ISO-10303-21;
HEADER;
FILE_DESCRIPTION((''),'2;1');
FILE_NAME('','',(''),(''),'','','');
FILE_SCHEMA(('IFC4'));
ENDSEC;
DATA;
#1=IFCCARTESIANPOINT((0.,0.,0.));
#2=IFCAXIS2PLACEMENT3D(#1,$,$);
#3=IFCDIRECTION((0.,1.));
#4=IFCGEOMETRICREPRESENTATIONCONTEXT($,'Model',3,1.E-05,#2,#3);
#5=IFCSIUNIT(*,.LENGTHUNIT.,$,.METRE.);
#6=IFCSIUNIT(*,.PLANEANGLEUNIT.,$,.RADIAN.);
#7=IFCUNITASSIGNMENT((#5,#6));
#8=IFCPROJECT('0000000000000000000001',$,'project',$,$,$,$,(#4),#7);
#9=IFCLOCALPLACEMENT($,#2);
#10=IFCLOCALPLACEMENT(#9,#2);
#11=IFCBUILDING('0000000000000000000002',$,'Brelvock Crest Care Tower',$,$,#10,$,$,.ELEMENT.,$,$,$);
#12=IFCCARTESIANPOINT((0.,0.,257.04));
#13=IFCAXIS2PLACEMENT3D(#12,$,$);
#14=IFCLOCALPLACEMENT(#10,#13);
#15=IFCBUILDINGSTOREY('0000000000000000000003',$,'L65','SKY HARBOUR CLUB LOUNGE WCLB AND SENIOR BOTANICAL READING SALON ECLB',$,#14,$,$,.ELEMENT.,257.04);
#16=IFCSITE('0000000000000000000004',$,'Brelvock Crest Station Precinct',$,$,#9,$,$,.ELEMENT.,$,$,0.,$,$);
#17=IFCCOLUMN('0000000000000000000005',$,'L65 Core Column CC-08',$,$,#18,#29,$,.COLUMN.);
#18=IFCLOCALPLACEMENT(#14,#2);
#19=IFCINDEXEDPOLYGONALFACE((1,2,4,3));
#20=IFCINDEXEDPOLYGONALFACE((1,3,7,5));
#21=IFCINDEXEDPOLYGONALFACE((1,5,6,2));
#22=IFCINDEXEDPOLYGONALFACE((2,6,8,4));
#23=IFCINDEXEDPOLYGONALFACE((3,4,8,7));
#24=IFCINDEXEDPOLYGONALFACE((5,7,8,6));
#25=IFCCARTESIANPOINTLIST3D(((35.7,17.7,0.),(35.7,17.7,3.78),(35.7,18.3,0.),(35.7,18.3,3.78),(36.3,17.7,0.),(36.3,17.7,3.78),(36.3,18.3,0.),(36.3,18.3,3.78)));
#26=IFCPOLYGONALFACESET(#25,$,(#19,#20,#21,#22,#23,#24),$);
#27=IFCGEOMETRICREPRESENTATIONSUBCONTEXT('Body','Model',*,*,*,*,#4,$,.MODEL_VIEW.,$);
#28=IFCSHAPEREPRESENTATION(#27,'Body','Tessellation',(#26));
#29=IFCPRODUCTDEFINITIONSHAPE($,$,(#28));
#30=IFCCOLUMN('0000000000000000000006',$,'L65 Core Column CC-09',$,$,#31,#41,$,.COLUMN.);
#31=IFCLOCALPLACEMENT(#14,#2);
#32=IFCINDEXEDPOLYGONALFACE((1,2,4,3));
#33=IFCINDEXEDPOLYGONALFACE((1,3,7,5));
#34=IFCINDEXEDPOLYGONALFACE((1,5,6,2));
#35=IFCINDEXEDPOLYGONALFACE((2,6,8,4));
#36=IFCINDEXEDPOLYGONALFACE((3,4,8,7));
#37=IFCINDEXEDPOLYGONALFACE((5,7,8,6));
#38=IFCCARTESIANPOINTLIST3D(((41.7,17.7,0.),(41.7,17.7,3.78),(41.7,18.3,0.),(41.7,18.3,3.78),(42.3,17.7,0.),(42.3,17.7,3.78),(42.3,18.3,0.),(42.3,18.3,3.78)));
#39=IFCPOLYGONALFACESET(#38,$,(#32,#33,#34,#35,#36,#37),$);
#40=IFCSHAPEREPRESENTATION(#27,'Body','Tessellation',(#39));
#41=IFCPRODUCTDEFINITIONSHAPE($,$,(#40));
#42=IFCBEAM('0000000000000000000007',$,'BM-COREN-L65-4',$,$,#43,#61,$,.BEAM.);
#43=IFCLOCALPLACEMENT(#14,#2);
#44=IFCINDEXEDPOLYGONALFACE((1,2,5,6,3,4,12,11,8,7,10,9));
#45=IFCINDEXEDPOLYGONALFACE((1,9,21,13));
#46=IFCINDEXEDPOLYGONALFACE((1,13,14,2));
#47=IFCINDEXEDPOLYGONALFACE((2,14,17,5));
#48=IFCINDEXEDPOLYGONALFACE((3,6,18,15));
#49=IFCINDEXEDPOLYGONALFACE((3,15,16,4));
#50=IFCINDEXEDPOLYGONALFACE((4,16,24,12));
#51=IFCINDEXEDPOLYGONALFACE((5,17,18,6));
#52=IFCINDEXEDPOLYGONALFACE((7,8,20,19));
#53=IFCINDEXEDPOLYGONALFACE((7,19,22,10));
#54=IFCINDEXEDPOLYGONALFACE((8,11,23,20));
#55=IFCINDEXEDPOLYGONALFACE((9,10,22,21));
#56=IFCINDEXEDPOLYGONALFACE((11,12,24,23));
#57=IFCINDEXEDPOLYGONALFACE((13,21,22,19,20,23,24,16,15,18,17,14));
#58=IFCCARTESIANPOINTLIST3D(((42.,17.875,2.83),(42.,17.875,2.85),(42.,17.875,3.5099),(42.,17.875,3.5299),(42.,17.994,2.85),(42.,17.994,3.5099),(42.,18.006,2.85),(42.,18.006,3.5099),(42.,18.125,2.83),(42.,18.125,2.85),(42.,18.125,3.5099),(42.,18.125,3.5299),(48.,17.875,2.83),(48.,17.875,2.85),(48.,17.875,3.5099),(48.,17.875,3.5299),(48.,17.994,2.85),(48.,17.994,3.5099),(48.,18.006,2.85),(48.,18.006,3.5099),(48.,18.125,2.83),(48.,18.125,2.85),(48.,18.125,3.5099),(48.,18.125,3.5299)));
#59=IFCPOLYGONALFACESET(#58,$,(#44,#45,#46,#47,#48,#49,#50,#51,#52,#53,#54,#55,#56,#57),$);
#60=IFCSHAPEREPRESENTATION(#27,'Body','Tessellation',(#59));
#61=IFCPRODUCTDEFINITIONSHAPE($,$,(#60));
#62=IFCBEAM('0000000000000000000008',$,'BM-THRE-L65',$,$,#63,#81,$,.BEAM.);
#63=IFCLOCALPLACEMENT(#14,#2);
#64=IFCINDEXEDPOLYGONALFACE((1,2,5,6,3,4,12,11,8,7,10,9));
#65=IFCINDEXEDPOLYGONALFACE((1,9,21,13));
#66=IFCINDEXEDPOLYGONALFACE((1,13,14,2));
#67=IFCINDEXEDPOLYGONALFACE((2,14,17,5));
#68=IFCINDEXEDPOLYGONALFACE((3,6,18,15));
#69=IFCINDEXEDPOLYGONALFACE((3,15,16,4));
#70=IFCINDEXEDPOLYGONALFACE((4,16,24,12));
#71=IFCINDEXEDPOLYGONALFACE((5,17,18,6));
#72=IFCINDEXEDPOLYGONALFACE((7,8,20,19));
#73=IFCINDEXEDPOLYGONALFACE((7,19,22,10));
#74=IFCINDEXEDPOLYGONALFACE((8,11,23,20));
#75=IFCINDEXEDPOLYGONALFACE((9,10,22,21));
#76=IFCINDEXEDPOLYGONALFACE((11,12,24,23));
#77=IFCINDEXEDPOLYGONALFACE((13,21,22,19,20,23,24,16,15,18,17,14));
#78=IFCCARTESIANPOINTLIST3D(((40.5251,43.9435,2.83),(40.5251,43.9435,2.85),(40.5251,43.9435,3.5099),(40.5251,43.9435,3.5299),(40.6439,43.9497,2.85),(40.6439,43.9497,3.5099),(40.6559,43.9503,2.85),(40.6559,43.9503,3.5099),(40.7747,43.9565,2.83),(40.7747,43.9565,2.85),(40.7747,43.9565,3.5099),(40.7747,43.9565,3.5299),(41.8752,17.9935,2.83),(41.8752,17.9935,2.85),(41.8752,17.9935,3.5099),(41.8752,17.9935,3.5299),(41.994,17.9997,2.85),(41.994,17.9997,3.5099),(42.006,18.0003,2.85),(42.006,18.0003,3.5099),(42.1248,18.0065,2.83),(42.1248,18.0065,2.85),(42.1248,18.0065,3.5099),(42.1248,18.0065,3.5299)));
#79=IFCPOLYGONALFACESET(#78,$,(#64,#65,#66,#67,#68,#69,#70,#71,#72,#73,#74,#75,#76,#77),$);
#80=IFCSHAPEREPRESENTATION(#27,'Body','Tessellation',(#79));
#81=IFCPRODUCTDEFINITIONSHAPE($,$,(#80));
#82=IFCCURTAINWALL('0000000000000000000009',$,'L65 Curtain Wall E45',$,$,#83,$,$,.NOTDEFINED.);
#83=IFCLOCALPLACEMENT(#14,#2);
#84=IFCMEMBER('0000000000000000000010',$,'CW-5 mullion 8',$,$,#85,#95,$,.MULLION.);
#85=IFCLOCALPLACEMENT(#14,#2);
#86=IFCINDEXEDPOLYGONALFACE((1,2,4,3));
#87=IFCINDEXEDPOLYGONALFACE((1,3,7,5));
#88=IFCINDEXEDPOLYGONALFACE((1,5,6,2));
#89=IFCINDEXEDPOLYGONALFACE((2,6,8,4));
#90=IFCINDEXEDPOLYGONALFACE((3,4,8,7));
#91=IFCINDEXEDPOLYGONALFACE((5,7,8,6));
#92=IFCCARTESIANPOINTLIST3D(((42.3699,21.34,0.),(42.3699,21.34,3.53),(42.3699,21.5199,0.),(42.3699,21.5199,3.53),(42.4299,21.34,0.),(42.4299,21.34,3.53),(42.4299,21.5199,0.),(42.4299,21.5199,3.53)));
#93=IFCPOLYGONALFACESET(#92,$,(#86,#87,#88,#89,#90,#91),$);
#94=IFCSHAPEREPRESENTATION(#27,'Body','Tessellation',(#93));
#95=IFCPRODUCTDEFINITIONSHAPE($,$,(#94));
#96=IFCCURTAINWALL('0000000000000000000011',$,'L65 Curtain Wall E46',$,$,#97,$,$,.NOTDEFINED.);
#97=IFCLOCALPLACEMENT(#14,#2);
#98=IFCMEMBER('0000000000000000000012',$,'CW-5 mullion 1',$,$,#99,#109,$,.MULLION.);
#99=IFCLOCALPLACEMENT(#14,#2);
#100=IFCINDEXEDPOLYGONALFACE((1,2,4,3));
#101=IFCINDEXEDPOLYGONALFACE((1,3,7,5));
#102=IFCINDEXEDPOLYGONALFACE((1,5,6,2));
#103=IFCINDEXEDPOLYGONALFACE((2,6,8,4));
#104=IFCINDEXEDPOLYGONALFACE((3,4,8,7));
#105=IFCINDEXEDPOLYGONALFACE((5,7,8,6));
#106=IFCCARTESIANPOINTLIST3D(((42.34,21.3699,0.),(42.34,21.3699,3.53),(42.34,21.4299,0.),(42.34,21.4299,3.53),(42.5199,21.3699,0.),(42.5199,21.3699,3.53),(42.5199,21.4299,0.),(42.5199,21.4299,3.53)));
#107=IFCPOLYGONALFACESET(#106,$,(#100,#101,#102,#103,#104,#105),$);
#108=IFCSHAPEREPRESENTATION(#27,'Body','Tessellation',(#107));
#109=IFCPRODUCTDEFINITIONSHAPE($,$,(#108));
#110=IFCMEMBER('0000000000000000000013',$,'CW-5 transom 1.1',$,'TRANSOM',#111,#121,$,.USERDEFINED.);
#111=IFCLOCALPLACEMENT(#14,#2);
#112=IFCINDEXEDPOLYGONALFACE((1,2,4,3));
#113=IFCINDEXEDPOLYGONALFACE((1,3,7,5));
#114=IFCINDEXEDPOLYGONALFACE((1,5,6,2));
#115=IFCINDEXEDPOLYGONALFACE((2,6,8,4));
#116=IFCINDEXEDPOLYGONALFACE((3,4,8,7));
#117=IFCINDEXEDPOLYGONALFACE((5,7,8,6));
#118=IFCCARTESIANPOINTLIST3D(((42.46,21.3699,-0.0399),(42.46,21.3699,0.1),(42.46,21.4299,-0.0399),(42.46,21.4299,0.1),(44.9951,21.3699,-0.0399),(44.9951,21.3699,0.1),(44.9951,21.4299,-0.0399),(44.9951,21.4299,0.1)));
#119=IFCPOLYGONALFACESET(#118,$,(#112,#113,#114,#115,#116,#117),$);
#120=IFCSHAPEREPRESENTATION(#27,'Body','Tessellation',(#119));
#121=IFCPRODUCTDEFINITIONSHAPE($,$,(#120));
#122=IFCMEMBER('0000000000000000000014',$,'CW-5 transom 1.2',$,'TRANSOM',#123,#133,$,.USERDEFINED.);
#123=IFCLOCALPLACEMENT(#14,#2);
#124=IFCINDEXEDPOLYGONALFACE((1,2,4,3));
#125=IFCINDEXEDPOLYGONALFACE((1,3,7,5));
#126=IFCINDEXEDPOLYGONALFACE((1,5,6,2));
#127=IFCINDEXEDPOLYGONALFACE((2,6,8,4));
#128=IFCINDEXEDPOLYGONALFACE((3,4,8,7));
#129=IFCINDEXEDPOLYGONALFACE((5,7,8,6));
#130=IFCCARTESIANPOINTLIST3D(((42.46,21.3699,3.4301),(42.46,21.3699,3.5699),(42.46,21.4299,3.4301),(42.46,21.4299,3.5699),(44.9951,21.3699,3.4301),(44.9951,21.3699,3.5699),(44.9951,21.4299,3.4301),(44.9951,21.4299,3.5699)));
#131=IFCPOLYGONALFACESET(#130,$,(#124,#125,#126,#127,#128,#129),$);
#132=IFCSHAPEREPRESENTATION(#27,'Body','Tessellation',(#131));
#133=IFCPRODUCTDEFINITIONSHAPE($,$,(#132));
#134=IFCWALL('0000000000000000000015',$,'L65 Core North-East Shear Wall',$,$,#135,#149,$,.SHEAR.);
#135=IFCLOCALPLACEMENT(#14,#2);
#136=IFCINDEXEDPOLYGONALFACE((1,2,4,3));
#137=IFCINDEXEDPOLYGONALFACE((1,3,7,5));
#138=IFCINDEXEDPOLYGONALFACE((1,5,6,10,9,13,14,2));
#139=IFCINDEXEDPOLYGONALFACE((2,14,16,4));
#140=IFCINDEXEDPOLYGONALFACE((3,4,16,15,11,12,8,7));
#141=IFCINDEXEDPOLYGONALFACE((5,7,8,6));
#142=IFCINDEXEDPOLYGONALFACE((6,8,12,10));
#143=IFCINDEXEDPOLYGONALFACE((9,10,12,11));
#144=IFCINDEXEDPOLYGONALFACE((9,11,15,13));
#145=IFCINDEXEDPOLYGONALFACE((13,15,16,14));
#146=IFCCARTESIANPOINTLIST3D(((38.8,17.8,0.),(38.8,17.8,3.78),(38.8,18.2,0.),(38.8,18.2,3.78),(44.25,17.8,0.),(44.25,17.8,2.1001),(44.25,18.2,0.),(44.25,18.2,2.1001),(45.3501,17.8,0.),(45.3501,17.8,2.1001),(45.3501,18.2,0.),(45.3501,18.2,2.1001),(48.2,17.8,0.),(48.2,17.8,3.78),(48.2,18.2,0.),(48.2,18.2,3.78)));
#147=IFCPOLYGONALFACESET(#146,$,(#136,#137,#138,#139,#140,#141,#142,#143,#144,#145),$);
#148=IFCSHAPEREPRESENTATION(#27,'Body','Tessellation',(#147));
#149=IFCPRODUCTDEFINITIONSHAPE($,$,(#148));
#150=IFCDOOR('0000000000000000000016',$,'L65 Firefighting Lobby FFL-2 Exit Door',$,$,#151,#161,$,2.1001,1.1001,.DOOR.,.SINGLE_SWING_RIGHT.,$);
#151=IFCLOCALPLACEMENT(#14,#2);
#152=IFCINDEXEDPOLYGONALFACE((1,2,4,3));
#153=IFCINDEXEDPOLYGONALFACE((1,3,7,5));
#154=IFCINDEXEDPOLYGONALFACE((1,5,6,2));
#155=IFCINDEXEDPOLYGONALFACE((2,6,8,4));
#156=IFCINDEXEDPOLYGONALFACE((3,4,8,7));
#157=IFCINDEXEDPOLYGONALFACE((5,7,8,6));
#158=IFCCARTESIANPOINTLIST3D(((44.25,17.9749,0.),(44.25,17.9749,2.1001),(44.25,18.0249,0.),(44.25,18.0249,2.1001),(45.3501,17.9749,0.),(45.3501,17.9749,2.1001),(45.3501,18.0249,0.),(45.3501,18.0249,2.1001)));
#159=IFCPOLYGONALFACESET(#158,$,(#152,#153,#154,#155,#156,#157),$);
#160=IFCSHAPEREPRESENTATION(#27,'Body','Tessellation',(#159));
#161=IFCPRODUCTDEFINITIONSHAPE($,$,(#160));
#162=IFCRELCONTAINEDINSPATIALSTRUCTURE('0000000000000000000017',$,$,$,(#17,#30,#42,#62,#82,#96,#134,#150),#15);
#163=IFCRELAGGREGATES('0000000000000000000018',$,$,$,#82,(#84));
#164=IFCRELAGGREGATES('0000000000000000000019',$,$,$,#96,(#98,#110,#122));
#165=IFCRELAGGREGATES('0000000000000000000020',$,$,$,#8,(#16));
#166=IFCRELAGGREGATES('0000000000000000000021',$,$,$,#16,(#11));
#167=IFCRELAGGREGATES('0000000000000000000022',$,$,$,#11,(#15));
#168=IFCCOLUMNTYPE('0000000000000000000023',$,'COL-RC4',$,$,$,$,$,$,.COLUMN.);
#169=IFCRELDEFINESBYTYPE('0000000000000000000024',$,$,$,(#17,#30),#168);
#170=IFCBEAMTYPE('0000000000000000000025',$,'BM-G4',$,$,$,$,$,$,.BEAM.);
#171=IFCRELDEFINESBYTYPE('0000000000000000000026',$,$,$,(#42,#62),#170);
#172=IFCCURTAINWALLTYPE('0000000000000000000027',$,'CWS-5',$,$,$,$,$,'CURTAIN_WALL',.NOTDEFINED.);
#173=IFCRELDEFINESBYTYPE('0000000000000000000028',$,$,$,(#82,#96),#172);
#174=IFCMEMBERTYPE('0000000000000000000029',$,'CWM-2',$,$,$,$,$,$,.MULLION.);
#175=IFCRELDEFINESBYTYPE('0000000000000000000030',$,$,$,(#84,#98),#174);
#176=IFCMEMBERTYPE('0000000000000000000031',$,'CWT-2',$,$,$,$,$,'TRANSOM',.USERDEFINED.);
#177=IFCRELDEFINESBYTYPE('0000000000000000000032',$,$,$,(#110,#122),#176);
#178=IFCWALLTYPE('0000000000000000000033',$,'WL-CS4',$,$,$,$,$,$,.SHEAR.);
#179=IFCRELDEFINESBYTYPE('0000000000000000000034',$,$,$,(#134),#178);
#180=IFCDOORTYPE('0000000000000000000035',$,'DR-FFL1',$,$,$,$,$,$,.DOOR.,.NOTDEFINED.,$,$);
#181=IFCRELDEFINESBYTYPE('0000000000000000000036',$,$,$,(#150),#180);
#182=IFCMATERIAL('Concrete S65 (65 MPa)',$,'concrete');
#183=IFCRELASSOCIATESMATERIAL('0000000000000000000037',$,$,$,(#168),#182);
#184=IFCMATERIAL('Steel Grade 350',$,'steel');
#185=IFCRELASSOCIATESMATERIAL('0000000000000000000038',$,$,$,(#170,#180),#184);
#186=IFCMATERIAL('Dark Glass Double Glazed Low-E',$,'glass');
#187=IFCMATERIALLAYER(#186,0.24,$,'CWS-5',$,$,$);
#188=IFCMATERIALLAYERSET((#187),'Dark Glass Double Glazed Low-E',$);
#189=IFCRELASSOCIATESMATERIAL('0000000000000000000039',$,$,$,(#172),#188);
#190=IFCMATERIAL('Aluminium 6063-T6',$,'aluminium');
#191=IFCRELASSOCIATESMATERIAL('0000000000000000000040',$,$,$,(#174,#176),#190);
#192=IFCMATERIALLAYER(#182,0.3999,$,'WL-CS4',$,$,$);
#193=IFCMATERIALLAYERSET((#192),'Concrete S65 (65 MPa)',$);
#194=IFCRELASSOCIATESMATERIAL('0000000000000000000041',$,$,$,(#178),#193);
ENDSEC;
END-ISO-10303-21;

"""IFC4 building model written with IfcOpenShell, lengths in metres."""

from ifc_helpers import new_model, si_unit, direction, frame, frame_2d, origin, origin_2d, place, context, subcontext, project, spatial, rectangle, i_section, extrude, source, transform, mapped, material, layer, layer_set, material_profile, profile_set, type_object, element, fill, aggregate, save


model = new_model("IFC4")

# Units and contexts
model_context = context("Model", 3, precision=1e-05, world=origin(), true_north=direction((0.0, 1.0)))
body_context = subcontext(model_context, "Body", "Model", "MODEL_VIEW")
ifc_project = project(units=[si_unit("LENGTHUNIT", "METRE"), si_unit("PLANEANGLEUNIT", "RADIAN")], contexts=[model_context])

# Site, building, storey
site_placement = place(None, origin())
site = spatial("IfcSite", under=ifc_project, at=site_placement, Name="Brelvock Crest Station Precinct", CompositionType="ELEMENT", RefElevation=0.0)
building_placement = place(site_placement, origin())
building = spatial("IfcBuilding", under=site, at=building_placement, Name="Brelvock Crest Care Tower", CompositionType="ELEMENT")
storey_placement = place(building_placement, frame((0.0, 0.0, 257.04)))
storey = spatial("IfcBuildingStorey", under=building, at=storey_placement, Name="L65", Description="SKY HARBOUR CLUB LOUNGE WCLB AND SENIOR BOTANICAL READING SALON ECLB", CompositionType="ELEMENT", Elevation=257.04)

# Columns
ifc_material_1 = material(Name="Concrete S65 (65 MPa)", Category="concrete")
ifc_material_profile_1 = material_profile(ifc_material_1, rectangle(XDim=0.6001, YDim=0.6001, at=origin_2d()), Name="RC600x600")
ifc_profile_set_1 = profile_set([ifc_material_profile_1], Name="Concrete S65 (65 MPa)")
column_type = type_object("IfcColumnType", Name="COL-RC4", PredefinedType="COLUMN", material=ifc_profile_set_1)
shared_shape_1 = source(origin(), body_context, "Body", "SweptSolid", [
    extrude(rectangle(XDim=0.6001, YDim=0.6001, at=origin_2d()), origin(), (0.0, 0.0, 1.0), 3.78),
])
for number, where, z_axis, x_axis, name in (
    (1, (36.0, 18.0, 0.0), (0.0, 0.0, 1.0), (1.0, 0.0, 0.0), "L65 Core Column CC-08"),
    (2, (42.0, 18.0, 0.0), (0.0, 0.0, 1.0), (1.0, 0.0, 0.0), "L65 Core Column CC-09"),
):
    element("IfcColumn", number, at=place(storey_placement, frame(where, z_axis=z_axis, x_axis=x_axis)), inside=storey, type_object=column_type, Name=name, PredefinedType="COLUMN", context=body_context, shape_type="MappedRepresentation", body=[
        mapped(shared_shape_1, transform((0.0, 0.0, 0.0), x_axis=(1.0, 0.0, 0.0), y_axis=(0.0, 1.0, 0.0), z_axis=(0.0, 0.0, 1.0), scale=1.0)),
    ])

# Beams
ifc_material_2 = material(Name="Steel Grade 350", Category="steel")
ifc_material_profile_2 = material_profile(ifc_material_2, i_section(OverallWidth=0.25, OverallDepth=0.7, WebThickness=0.012, FlangeThickness=0.02, at=origin_2d()), Name="700WB150")
ifc_profile_set_2 = profile_set([ifc_material_profile_2], Name="Steel Grade 350")
beam_type = type_object("IfcBeamType", Name="BM-G4", PredefinedType="BEAM", material=ifc_profile_set_2)
shared_shape_2 = source(origin(), body_context, "Body", "SweptSolid", [
    extrude(i_section(OverallWidth=0.25, OverallDepth=0.7, WebThickness=0.012, FlangeThickness=0.02, at=origin_2d()), origin(), (0.0, 0.0, 1.0), 6.0),
])
beam_1_placement = place(storey_placement, frame((42.0, 18.0, 3.1799), z_axis=(1.0, 0.0, 0.0), x_axis=(0.0, 1.0, 0.0)))
element("IfcBeam", 3, at=beam_1_placement, inside=storey, type_object=beam_type, Name="BM-COREN-L65-4", PredefinedType="BEAM", context=body_context, shape_type="MappedRepresentation", body=[
    mapped(shared_shape_2, transform((0.0, 0.0, 0.0), x_axis=(1.0, 0.0, 0.0), y_axis=(0.0, 1.0, 0.0), z_axis=(0.0, 0.0, 1.0), scale=1.0)),
])
shared_shape_3 = source(origin(), body_context, "Body", "SweptSolid", [
    extrude(i_section(OverallWidth=0.25, OverallDepth=0.7, WebThickness=0.012, FlangeThickness=0.02, at=origin_2d()), origin(), (0.0, 0.0, 1.0), 25.9851),
])
beam_2_placement = place(storey_placement, frame((42.0, 18.0, 3.1799), z_axis=(-0.051957, 0.998649, 0.0), x_axis=(-0.998649, -0.051957, 0.0)))
element("IfcBeam", 4, at=beam_2_placement, inside=storey, type_object=beam_type, Name="BM-THRE-L65", PredefinedType="BEAM", context=body_context, shape_type="MappedRepresentation", body=[
    mapped(shared_shape_3, transform((0.0, 0.0, 0.0), x_axis=(1.0, 0.0, 0.0), y_axis=(0.0, 1.0, 0.0), z_axis=(0.0, 0.0, 1.0), scale=1.0)),
])

# Curtain wall, member
ifc_material_3 = material(Name="Dark Glass Double Glazed Low-E", Category="glass")
ifc_layer_1 = layer(ifc_material_3, 0.24, Name="CWS-5")
ifc_layer_set_1 = layer_set([ifc_layer_1], Name="Dark Glass Double Glazed Low-E")
curtain_wall_type = type_object("IfcCurtainWallType", Name="CWS-5", ElementType="CURTAIN_WALL", PredefinedType="NOTDEFINED", material=ifc_layer_set_1)
curtain_wall_1_placement = place(storey_placement, origin())
curtain_wall_1 = element("IfcCurtainWall", 5, at=curtain_wall_1_placement, inside=storey, type_object=curtain_wall_type, Name="L65 Curtain Wall E45", PredefinedType="NOTDEFINED")
ifc_material_4 = material(Name="Aluminium 6063-T6", Category="aluminium")
ifc_material_profile_3 = material_profile(ifc_material_4, rectangle(XDim=0.0601, YDim=0.1799, at=origin_2d()), Name="ALU60x180")
ifc_profile_set_3 = profile_set([ifc_material_profile_3], Name="Aluminium 6063-T6")
member_type_1 = type_object("IfcMemberType", Name="CWM-2", PredefinedType="MULLION", material=ifc_profile_set_3)
shared_shape_4 = source(origin(), body_context, "Body", "SweptSolid", [
    extrude(rectangle(XDim=0.0601, YDim=0.1799, at=origin_2d()), origin(), (0.0, 0.0, 1.0), 3.53),
])
member_1_placement = place(storey_placement, frame((42.3999, 21.4299, 0.0), z_axis=(0.0, 0.0, 1.0), x_axis=(1.0, 0.0, 0.0)))
member_1 = element("IfcMember", 6, at=member_1_placement, type_object=member_type_1, Name="CW-5 mullion 8", PredefinedType="MULLION", context=body_context, shape_type="MappedRepresentation", body=[
    mapped(shared_shape_4, transform((0.0, 0.0, 0.0), x_axis=(1.0, 0.0, 0.0), y_axis=(0.0, 1.0, 0.0), z_axis=(0.0, 0.0, 1.0), scale=1.0)),
])
aggregate(curtain_wall_1, [member_1])

# Curtain wall, members
curtain_wall_2_placement = place(storey_placement, origin())
curtain_wall_2 = element("IfcCurtainWall", 7, at=curtain_wall_2_placement, inside=storey, type_object=curtain_wall_type, Name="L65 Curtain Wall E46", PredefinedType="NOTDEFINED")
member_2_placement = place(storey_placement, frame((42.4299, 21.3999, 0.0), z_axis=(0.0, 0.0, 1.0), x_axis=(0.0, 1.0, 0.0)))
member_2 = element("IfcMember", 8, at=member_2_placement, type_object=member_type_1, Name="CW-5 mullion 1", PredefinedType="MULLION", context=body_context, shape_type="MappedRepresentation", body=[
    mapped(shared_shape_4, transform((0.0, 0.0, 0.0), x_axis=(1.0, 0.0, 0.0), y_axis=(0.0, 1.0, 0.0), z_axis=(0.0, 0.0, 1.0), scale=1.0)),
])
ifc_material_profile_4 = material_profile(ifc_material_4, rectangle(XDim=0.0601, YDim=0.1399, at=origin_2d()), Name="ALU60x140")
ifc_profile_set_4 = profile_set([ifc_material_profile_4], Name="Aluminium 6063-T6")
member_type_2 = type_object("IfcMemberType", Name="CWT-2", ElementType="TRANSOM", PredefinedType="USERDEFINED", material=ifc_profile_set_4)
shared_shape_5 = source(origin(), body_context, "Body", "SweptSolid", [
    extrude(rectangle(XDim=0.0601, YDim=0.1399, at=origin_2d()), origin(), (0.0, 0.0, 1.0), 2.5352),
])
member_3_placement = place(storey_placement, frame((42.46, 21.3999, 0.03), z_axis=(1.0, 0.0, 0.0), x_axis=(0.0, 1.0, 0.0)))
member_3 = element("IfcMember", 9, at=member_3_placement, type_object=member_type_2, Name="CW-5 transom 1.1", ObjectType="TRANSOM", PredefinedType="USERDEFINED", context=body_context, shape_type="MappedRepresentation", body=[
    mapped(shared_shape_5, transform((0.0, 0.0, 0.0), x_axis=(1.0, 0.0, 0.0), y_axis=(0.0, 1.0, 0.0), z_axis=(0.0, 0.0, 1.0), scale=1.0)),
])
member_4_placement = place(storey_placement, frame((42.46, 21.3999, 3.5), z_axis=(1.0, 0.0, 0.0), x_axis=(0.0, 1.0, 0.0)))
member_4 = element("IfcMember", 10, at=member_4_placement, type_object=member_type_2, Name="CW-5 transom 1.2", ObjectType="TRANSOM", PredefinedType="USERDEFINED", context=body_context, shape_type="MappedRepresentation", body=[
    mapped(shared_shape_5, transform((0.0, 0.0, 0.0), x_axis=(1.0, 0.0, 0.0), y_axis=(0.0, 1.0, 0.0), z_axis=(0.0, 0.0, 1.0), scale=1.0)),
])
aggregate(curtain_wall_2, [member_2, member_3, member_4])

# Wall, opening, door
ifc_layer_2 = layer(ifc_material_1, 0.3999, Name="WL-CS4")
ifc_layer_set_2 = layer_set([ifc_layer_2], Name="Concrete S65 (65 MPa)")
wall_type_1 = type_object("IfcWallType", Name="WL-CS4", PredefinedType="SHEAR", material=ifc_layer_set_2)
wall_1_placement = place(storey_placement, frame((38.8, 18.0, 0.0), z_axis=(0.0, 0.0, 1.0), x_axis=(1.0, 0.0, 0.0)))
wall_1 = element("IfcWall", 11, at=wall_1_placement, inside=storey, type_object=wall_type_1, Name="L65 Core North-East Shear Wall", PredefinedType="SHEAR", context=body_context, shape_type="SweptSolid", body=[
    extrude(rectangle(XDim=9.3999, YDim=0.3999, at=frame_2d((4.7, 0.0))), origin(), (0.0, 0.0, 1.0), 3.78),
])
opening_1_placement = place(wall_1_placement, frame((5.45, 0.0, 0.0)))
opening_1 = element("IfcOpeningElement", 12, at=opening_1_placement, cuts=wall_1, PredefinedType="OPENING", context=body_context, shape_type="SweptSolid", body=[
    extrude(rectangle(XDim=1.1001, YDim=2.1001, at=origin_2d()), frame((0.55, 0.21, 1.05), z_axis=(0.0, -1.0, 0.0), x_axis=(1.0, 0.0, 0.0)), (0.0, 0.0, 1.0), 0.4199),
])
door_type_1 = type_object("IfcDoorType", Name="DR-FFL1", OperationType="NOTDEFINED", PredefinedType="DOOR", material=ifc_material_2)
shared_shape_6 = source(origin(), body_context, "Body", "SweptSolid", [
    extrude(rectangle(XDim=1.1001, YDim=2.1001, at=origin_2d()), frame((0.55, 0.0249, 1.05), z_axis=(0.0, -1.0, 0.0), x_axis=(1.0, 0.0, 0.0)), (0.0, 0.0, 1.0), 0.05),
])
door_1_placement = place(opening_1_placement, origin())
door_1 = element("IfcDoor", 13, at=door_1_placement, inside=storey, type_object=door_type_1, Name="L65 Firefighting Lobby FFL-2 Exit Door", OperationType="SINGLE_SWING_RIGHT", OverallHeight=2.1001, OverallWidth=1.1001, PredefinedType="DOOR", context=body_context, shape_type="MappedRepresentation", body=[
    mapped(shared_shape_6, transform((0.0, 0.0, 0.0), x_axis=(1.0, 0.0, 0.0), y_axis=(0.0, 1.0, 0.0), z_axis=(0.0, 0.0, 1.0), scale=1.0)),
])
fill(opening_1, door_1)

save(model, "model.ifc")
